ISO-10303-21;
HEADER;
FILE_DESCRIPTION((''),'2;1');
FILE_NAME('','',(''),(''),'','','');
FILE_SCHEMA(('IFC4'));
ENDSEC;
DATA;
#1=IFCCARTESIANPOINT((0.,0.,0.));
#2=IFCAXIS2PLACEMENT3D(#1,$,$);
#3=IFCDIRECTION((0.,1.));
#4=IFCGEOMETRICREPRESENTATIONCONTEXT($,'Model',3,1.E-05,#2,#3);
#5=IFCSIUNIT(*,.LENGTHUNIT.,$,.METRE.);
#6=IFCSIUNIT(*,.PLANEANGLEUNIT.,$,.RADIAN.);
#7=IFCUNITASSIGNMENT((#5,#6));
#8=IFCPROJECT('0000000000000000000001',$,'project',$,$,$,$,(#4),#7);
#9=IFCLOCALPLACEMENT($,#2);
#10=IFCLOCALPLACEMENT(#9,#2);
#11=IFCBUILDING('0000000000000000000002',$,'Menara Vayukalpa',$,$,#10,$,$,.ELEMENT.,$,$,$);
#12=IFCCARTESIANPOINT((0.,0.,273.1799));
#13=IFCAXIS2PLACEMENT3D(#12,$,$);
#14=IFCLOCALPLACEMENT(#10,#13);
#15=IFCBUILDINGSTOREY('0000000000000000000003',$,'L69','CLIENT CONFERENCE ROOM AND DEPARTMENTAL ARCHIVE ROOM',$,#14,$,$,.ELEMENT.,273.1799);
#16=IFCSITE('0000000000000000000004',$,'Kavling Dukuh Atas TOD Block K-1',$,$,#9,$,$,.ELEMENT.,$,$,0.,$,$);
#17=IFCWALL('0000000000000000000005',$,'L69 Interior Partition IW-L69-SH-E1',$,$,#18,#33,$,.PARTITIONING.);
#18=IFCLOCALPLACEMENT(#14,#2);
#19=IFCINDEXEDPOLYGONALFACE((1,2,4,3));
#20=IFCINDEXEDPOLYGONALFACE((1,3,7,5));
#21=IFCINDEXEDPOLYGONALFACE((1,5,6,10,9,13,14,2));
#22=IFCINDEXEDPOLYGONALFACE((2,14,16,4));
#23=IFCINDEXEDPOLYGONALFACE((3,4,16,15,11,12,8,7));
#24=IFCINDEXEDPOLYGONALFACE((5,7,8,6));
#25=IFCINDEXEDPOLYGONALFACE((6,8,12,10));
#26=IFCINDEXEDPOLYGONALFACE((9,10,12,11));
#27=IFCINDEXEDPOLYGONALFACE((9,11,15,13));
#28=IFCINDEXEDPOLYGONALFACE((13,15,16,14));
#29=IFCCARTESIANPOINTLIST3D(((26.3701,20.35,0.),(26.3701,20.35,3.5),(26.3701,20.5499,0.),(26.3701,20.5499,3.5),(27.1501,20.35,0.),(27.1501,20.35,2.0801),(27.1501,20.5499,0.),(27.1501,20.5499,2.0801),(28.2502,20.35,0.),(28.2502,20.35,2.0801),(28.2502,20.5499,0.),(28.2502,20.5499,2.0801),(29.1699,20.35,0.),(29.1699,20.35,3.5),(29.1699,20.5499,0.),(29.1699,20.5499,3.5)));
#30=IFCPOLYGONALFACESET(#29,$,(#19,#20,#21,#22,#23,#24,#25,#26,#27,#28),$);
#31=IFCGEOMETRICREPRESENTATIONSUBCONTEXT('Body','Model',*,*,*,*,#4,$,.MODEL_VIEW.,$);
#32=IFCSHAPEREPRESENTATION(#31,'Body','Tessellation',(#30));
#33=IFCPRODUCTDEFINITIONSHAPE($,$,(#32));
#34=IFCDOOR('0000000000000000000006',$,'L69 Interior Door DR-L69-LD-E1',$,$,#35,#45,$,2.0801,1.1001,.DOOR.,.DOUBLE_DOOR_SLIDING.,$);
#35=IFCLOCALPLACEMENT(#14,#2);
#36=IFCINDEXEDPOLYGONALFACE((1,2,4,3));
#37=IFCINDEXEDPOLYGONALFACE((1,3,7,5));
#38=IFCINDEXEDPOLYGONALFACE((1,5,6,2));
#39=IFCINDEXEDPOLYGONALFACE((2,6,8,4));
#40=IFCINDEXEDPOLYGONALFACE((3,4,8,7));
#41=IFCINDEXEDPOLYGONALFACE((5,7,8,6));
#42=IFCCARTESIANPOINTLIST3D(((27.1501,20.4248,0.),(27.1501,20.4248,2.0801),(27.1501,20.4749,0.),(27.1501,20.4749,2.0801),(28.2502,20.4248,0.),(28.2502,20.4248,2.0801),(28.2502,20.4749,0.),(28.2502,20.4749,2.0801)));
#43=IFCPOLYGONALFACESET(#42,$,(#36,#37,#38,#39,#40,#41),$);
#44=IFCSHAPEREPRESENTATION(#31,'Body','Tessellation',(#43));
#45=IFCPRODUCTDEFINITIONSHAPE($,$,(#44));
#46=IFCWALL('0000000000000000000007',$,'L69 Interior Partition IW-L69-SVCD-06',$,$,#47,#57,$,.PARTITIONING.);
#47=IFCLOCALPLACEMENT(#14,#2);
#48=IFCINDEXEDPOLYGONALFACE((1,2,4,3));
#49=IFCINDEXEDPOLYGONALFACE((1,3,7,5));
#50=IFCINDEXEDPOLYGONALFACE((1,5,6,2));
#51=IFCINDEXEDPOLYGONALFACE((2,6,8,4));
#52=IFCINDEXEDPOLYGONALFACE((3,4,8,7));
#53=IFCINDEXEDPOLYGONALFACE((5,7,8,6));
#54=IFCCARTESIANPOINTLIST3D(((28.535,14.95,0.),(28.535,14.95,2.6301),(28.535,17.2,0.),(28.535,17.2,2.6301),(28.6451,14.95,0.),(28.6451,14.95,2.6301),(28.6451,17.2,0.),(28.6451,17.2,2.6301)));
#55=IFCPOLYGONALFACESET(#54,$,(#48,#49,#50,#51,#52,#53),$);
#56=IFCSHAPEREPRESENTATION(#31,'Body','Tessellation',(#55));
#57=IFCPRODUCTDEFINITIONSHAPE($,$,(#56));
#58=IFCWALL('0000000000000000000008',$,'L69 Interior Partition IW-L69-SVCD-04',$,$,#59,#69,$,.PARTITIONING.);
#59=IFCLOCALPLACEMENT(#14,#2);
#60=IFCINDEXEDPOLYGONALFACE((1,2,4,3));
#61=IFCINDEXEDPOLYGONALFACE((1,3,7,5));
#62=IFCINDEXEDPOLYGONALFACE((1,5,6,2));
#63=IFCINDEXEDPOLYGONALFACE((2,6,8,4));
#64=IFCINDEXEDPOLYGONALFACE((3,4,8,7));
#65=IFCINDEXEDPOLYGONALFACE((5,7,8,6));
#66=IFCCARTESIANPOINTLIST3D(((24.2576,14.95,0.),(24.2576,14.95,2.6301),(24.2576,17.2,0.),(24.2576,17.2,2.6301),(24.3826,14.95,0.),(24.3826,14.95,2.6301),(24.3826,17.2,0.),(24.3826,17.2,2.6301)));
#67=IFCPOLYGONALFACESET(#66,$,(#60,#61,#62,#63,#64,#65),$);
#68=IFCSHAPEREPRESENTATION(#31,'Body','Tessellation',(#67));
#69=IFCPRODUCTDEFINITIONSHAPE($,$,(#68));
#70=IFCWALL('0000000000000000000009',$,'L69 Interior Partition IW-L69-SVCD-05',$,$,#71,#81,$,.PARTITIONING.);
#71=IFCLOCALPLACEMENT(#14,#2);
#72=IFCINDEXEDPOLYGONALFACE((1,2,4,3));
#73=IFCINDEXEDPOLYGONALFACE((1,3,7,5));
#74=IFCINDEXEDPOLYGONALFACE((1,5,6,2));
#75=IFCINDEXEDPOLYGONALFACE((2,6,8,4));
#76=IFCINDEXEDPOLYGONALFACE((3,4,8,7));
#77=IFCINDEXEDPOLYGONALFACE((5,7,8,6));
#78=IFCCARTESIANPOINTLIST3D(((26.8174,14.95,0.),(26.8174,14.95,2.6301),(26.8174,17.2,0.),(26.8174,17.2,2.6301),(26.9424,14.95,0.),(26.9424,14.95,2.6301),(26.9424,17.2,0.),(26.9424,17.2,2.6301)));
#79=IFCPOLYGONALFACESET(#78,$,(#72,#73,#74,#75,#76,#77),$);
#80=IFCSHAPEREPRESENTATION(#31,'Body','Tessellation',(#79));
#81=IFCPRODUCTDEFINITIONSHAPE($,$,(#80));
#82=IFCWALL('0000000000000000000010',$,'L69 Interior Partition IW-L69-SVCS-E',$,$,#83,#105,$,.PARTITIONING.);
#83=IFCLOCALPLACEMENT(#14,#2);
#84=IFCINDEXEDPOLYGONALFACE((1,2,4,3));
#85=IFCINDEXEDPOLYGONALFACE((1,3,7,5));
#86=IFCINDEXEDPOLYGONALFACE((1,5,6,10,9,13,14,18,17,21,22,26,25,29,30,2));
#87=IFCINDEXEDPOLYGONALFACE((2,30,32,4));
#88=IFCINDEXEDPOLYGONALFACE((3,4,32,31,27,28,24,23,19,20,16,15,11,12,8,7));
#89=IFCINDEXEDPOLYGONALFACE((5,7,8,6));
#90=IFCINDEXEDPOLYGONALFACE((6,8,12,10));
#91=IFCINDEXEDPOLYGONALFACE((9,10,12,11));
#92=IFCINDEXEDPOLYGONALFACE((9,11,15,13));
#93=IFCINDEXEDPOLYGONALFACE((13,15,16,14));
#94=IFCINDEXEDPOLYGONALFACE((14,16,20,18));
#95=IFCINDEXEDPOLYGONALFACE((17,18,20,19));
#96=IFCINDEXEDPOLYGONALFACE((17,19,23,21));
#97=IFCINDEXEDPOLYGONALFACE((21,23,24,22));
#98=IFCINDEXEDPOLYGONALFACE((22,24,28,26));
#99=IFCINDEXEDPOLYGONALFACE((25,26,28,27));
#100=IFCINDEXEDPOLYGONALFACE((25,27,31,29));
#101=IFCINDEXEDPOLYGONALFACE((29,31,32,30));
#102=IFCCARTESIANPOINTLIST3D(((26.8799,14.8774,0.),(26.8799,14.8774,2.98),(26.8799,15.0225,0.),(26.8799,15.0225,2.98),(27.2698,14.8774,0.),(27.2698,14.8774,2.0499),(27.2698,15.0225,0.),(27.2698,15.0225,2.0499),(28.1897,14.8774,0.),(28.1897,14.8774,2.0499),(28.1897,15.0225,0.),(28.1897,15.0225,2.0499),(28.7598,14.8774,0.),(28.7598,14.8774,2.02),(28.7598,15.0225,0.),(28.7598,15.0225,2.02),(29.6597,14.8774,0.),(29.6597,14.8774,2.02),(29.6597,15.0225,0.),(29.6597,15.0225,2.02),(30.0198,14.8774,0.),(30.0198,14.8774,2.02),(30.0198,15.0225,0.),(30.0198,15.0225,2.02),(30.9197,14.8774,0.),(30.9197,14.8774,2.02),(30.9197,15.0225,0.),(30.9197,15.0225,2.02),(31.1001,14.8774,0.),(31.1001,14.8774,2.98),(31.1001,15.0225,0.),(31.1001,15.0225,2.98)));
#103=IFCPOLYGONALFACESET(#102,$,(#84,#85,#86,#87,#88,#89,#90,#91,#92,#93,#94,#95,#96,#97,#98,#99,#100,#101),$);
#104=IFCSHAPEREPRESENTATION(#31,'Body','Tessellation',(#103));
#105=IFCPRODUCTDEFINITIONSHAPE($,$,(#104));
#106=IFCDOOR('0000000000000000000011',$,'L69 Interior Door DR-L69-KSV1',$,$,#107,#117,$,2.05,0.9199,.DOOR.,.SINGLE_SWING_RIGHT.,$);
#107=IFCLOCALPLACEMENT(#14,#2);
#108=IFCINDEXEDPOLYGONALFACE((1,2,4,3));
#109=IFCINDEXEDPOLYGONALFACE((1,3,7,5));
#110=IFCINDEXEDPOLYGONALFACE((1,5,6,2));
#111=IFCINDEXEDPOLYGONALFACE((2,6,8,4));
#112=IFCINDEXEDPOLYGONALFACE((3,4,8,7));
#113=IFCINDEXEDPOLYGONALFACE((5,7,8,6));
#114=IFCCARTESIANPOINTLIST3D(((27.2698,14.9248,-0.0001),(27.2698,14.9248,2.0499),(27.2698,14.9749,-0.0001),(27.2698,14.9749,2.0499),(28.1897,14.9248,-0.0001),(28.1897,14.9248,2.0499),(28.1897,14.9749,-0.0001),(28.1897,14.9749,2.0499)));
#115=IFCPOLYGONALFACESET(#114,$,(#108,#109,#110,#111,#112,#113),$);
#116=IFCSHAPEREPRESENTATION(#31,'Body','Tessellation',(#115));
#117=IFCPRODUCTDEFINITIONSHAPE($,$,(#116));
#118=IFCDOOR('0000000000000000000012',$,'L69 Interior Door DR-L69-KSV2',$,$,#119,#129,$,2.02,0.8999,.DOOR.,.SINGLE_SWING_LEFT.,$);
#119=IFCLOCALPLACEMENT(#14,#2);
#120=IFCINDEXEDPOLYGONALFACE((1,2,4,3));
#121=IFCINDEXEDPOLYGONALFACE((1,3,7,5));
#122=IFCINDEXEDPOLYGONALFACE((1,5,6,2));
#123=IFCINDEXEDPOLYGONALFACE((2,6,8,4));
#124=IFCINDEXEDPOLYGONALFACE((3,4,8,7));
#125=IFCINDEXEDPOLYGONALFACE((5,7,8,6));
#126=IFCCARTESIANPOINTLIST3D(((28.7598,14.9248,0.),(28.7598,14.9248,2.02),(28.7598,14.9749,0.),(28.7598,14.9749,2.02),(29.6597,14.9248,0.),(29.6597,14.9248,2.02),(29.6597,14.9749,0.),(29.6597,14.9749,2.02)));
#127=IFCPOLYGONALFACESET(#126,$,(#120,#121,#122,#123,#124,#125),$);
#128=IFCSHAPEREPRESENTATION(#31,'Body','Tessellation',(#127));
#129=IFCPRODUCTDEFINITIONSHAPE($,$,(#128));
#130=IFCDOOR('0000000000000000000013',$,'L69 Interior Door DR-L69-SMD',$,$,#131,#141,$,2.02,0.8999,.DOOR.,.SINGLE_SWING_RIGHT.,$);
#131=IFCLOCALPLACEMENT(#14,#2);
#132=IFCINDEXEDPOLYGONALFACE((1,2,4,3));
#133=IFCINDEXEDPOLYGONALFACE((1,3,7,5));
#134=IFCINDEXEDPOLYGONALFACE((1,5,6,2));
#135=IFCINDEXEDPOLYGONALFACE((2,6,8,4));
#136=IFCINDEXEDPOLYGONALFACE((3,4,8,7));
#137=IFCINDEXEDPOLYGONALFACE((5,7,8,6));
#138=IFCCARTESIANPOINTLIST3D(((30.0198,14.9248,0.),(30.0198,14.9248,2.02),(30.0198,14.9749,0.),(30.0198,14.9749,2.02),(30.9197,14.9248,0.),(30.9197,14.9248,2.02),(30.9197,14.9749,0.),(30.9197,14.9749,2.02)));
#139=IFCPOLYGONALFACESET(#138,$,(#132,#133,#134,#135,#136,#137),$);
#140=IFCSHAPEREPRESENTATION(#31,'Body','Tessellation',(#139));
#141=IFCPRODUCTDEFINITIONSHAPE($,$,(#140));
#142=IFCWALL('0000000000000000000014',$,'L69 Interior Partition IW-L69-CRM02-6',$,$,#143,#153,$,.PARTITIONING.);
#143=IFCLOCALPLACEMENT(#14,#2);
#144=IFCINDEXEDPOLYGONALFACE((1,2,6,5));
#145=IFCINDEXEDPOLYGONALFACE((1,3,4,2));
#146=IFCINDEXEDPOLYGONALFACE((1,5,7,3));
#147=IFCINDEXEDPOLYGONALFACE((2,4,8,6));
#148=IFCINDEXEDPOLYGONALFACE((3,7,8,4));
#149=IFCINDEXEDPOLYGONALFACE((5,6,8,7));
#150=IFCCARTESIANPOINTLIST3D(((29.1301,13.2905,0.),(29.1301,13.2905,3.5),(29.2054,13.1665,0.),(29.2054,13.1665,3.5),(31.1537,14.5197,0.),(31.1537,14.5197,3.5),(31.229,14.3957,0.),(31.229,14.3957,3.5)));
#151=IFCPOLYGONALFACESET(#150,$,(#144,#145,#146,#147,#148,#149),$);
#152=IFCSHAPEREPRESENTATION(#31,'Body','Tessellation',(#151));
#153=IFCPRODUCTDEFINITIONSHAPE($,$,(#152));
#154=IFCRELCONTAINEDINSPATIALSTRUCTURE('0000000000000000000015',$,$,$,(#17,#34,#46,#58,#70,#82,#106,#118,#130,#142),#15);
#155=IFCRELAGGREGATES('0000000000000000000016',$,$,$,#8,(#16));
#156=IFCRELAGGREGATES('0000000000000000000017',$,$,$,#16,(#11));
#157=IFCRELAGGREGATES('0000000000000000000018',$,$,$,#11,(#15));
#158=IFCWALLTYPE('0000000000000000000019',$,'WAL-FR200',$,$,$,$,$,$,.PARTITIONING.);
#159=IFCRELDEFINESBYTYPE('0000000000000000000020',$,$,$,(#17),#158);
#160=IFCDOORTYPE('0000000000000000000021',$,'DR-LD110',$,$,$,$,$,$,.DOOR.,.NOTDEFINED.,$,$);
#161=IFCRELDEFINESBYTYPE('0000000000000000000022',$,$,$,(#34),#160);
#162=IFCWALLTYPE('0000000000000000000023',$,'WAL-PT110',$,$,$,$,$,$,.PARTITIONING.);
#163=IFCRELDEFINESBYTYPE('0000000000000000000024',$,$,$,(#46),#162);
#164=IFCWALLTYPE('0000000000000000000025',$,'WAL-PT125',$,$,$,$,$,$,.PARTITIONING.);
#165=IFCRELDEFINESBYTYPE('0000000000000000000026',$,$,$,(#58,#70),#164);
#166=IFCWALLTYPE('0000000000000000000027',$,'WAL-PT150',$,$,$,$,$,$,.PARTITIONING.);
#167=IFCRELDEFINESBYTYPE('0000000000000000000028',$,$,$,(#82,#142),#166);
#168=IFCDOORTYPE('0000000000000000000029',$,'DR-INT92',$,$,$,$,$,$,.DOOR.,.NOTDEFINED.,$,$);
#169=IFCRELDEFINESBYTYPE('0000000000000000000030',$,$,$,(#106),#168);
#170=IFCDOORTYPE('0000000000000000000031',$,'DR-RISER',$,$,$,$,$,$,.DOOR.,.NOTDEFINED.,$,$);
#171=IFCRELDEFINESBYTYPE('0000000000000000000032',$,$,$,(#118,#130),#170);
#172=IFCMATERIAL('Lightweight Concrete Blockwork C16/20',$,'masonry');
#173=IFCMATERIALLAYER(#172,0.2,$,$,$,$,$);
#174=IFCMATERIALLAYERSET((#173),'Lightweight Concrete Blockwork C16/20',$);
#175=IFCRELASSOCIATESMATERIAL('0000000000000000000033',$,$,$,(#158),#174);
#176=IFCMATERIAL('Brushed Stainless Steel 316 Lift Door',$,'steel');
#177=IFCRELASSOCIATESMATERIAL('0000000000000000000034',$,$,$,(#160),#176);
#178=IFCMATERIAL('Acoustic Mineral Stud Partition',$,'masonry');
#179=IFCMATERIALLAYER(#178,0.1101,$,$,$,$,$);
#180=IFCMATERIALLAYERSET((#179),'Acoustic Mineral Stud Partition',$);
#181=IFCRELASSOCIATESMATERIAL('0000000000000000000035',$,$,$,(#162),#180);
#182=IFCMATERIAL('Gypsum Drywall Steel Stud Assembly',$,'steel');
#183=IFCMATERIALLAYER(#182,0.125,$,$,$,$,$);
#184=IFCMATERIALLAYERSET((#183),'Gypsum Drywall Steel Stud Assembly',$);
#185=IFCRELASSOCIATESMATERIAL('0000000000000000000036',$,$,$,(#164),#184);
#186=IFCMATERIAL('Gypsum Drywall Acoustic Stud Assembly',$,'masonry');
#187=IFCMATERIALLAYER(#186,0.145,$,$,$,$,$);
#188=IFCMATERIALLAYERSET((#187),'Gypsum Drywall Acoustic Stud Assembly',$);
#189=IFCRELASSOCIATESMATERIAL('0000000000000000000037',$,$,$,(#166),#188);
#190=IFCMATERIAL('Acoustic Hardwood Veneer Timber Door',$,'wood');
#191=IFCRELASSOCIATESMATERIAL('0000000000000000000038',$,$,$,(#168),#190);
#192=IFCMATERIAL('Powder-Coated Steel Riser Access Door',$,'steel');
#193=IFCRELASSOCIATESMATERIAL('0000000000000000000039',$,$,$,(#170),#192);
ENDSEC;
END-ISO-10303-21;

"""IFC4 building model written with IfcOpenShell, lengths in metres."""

from ifc_helpers import new_model, si_unit, direction, frame, frame_2d, origin, place, context, subcontext, project, spatial, rectangle, extrude, material, layer, layer_set, type_object, element, fill, save


model = new_model("IFC4")

# Units and contexts
model_context = context("Model", 3, precision=1e-05, world=origin(), true_north=direction((0.0, 1.0)))
body_context = subcontext(model_context, "Body", "Model", "MODEL_VIEW")
ifc_project = project(units=[si_unit("LENGTHUNIT", "METRE"), si_unit("PLANEANGLEUNIT", "RADIAN")], contexts=[model_context])

# Site, building, storey
site_placement = place(None, origin())
site = spatial("IfcSite", under=ifc_project, at=site_placement, Name="Kavling Dukuh Atas TOD Block K-1", CompositionType="ELEMENT", RefElevation=0.0)
building_placement = place(site_placement, origin())
building = spatial("IfcBuilding", under=site, at=building_placement, Name="Menara Vayukalpa", CompositionType="ELEMENT")
storey_placement = place(building_placement, frame((0.0, 0.0, 273.1799)))
storey = spatial("IfcBuildingStorey", under=building, at=storey_placement, Name="L69", Description="CLIENT CONFERENCE ROOM AND DEPARTMENTAL ARCHIVE ROOM", CompositionType="ELEMENT", Elevation=273.1799)

# Wall, opening, door
ifc_material_1 = material(Name="Lightweight Concrete Blockwork C16/20", Category="masonry")
ifc_layer_1 = layer(ifc_material_1, 0.2)
ifc_layer_set_1 = layer_set([ifc_layer_1], Name="Lightweight Concrete Blockwork C16/20")
wall_type_1 = type_object("IfcWallType", Name="WAL-FR200", PredefinedType="PARTITIONING", material=ifc_layer_set_1)
wall_1_placement = place(storey_placement, frame((26.3701, 20.45, 0.0), z_axis=(0.0, 0.0, 1.0), x_axis=(1.0, 0.0, 0.0)))
wall_1 = element("IfcWall", 1, at=wall_1_placement, inside=storey, type_object=wall_type_1, Name="L69 Interior Partition IW-L69-SH-E1", PredefinedType="PARTITIONING", context=body_context, shape_type="SweptSolid", body=[
    extrude(rectangle(XDim=2.7998, YDim=0.2, at=frame_2d((1.3999, 0.0))), origin(), (0.0, 0.0, 1.0), 3.5),
])
opening_1_placement = place(wall_1_placement, frame((0.78, 0.0, 0.0)))
opening_1 = element("IfcOpeningElement", 2, at=opening_1_placement, cuts=wall_1, PredefinedType="OPENING", context=body_context, shape_type="SweptSolid", body=[
    extrude(rectangle(XDim=1.1001, YDim=2.0801, at=frame_2d((0.55, 1.04))), frame((0.0, 0.1099, 0.0), z_axis=(0.0, -1.0, 0.0), x_axis=(1.0, 0.0, 0.0)), (0.0, 0.0, 1.0), 0.22),
])
ifc_material_2 = material(Name="Brushed Stainless Steel 316 Lift Door", Category="steel")
door_type_1 = type_object("IfcDoorType", Name="DR-LD110", OperationType="NOTDEFINED", PredefinedType="DOOR", material=ifc_material_2)
door_1_placement = place(opening_1_placement, origin())
door_1 = element("IfcDoor", 3, at=door_1_placement, inside=storey, type_object=door_type_1, Name="L69 Interior Door DR-L69-LD-E1", OperationType="DOUBLE_DOOR_SLIDING", OverallHeight=2.0801, OverallWidth=1.1001, PredefinedType="DOOR", context=body_context, shape_type="SweptSolid", body=[
    extrude(rectangle(XDim=1.1001, YDim=2.0801, at=frame_2d((0.55, 1.04))), frame((0.0, 0.0249, 0.0), z_axis=(0.0, -1.0, 0.0), x_axis=(1.0, 0.0, 0.0)), (0.0, 0.0, 1.0), 0.05),
])
fill(opening_1, door_1)

# Walls
ifc_material_3 = material(Name="Acoustic Mineral Stud Partition", Category="masonry")
ifc_layer_2 = layer(ifc_material_3, 0.1101)
ifc_layer_set_2 = layer_set([ifc_layer_2], Name="Acoustic Mineral Stud Partition")
wall_type_2 = type_object("IfcWallType", Name="WAL-PT110", PredefinedType="PARTITIONING", material=ifc_layer_set_2)
wall_2_placement = place(storey_placement, frame((28.5901, 14.95, 0.0), z_axis=(0.0, 0.0, 1.0), x_axis=(0.0, 1.0, 0.0)))
element("IfcWall", 4, at=wall_2_placement, inside=storey, type_object=wall_type_2, Name="L69 Interior Partition IW-L69-SVCD-06", PredefinedType="PARTITIONING", context=body_context, shape_type="SweptSolid", body=[
    extrude(rectangle(XDim=2.25, YDim=0.1101, at=frame_2d((1.125, 0.0))), origin(), (0.0, 0.0, 1.0), 2.6301),
])
ifc_material_4 = material(Name="Gypsum Drywall Steel Stud Assembly", Category="steel")
ifc_layer_3 = layer(ifc_material_4, 0.125)
ifc_layer_set_3 = layer_set([ifc_layer_3], Name="Gypsum Drywall Steel Stud Assembly")
wall_type_3 = type_object("IfcWallType", Name="WAL-PT125", PredefinedType="PARTITIONING", material=ifc_layer_set_3)
for number, where, z_axis, x_axis, name in (
    (5, (24.3201, 14.95, 0.0), (0.0, 0.0, 1.0), (0.0, 1.0, 0.0), "L69 Interior Partition IW-L69-SVCD-04"),
    (6, (26.8799, 14.95, 0.0), (0.0, 0.0, 1.0), (0.0, 1.0, 0.0), "L69 Interior Partition IW-L69-SVCD-05"),
):
    element("IfcWall", number, at=place(storey_placement, frame(where, z_axis=z_axis, x_axis=x_axis)), inside=storey, type_object=wall_type_3, Name=name, PredefinedType="PARTITIONING", context=body_context, shape_type="SweptSolid", body=[
        extrude(rectangle(XDim=2.25, YDim=0.125, at=frame_2d((1.125, 0.0))), origin(), (0.0, 0.0, 1.0), 2.6301),
    ])

# Wall, openings, doors
ifc_material_5 = material(Name="Gypsum Drywall Acoustic Stud Assembly", Category="masonry")
ifc_layer_4 = layer(ifc_material_5, 0.145)
ifc_layer_set_4 = layer_set([ifc_layer_4], Name="Gypsum Drywall Acoustic Stud Assembly")
wall_type_4 = type_object("IfcWallType", Name="WAL-PT150", PredefinedType="PARTITIONING", material=ifc_layer_set_4)
wall_3_placement = place(storey_placement, frame((26.8799, 14.95, 0.0), z_axis=(0.0, 0.0, 1.0), x_axis=(1.0, 0.0, 0.0)))
wall_3 = element("IfcWall", 7, at=wall_3_placement, inside=storey, type_object=wall_type_4, Name="L69 Interior Partition IW-L69-SVCS-E", PredefinedType="PARTITIONING", context=body_context, shape_type="SweptSolid", body=[
    extrude(rectangle(XDim=4.2202, YDim=0.145, at=frame_2d((2.1101, 0.0))), origin(), (0.0, 0.0, 1.0), 2.98),
])
opening_2_placement = place(wall_3_placement, frame((0.3899, 0.0, 0.0)))
opening_2 = element("IfcOpeningElement", 8, at=opening_2_placement, cuts=wall_3, PredefinedType="OPENING", context=body_context, shape_type="SweptSolid", body=[
    extrude(rectangle(XDim=0.9199, YDim=2.05, at=frame_2d((0.46, 1.0249))), frame((0.0, 0.0825, 0.0), z_axis=(0.0, -1.0, 0.0), x_axis=(1.0, 0.0, 0.0)), (0.0, 0.0, 1.0), 0.165),
])
opening_3_placement = place(wall_3_placement, frame((1.8799, 0.0, 0.0)))
opening_3 = element("IfcOpeningElement", 9, at=opening_3_placement, cuts=wall_3, PredefinedType="OPENING", context=body_context, shape_type="SweptSolid", body=[
    extrude(rectangle(XDim=0.8999, YDim=2.02, at=frame_2d((0.45, 1.01))), frame((0.0, 0.0825, 0.0), z_axis=(0.0, -1.0, 0.0), x_axis=(1.0, 0.0, 0.0)), (0.0, 0.0, 1.0), 0.165),
])
opening_4_placement = place(wall_3_placement, frame((3.1399, 0.0, 0.0)))
opening_4 = element("IfcOpeningElement", 10, at=opening_4_placement, cuts=wall_3, PredefinedType="OPENING", context=body_context, shape_type="SweptSolid", body=[
    extrude(rectangle(XDim=0.8999, YDim=2.02, at=frame_2d((0.45, 1.01))), frame((0.0, 0.0825, 0.0), z_axis=(0.0, -1.0, 0.0), x_axis=(1.0, 0.0, 0.0)), (0.0, 0.0, 1.0), 0.165),
])
ifc_material_6 = material(Name="Acoustic Hardwood Veneer Timber Door", Category="wood")
door_type_2 = type_object("IfcDoorType", Name="DR-INT92", OperationType="NOTDEFINED", PredefinedType="DOOR", material=ifc_material_6)
door_2_placement = place(opening_2_placement, origin())
door_2 = element("IfcDoor", 11, at=door_2_placement, inside=storey, type_object=door_type_2, Name="L69 Interior Door DR-L69-KSV1", OperationType="SINGLE_SWING_RIGHT", OverallHeight=2.05, OverallWidth=0.9199, PredefinedType="DOOR", context=body_context, shape_type="SweptSolid", body=[
    extrude(rectangle(XDim=0.9199, YDim=2.05, at=frame_2d((0.46, 1.0249))), frame((0.0, 0.0249, 0.0), z_axis=(0.0, -1.0, 0.0), x_axis=(1.0, 0.0, 0.0)), (0.0, 0.0, 1.0), 0.05),
])
fill(opening_2, door_2)
ifc_material_7 = material(Name="Powder-Coated Steel Riser Access Door", Category="steel")
door_type_3 = type_object("IfcDoorType", Name="DR-RISER", OperationType="NOTDEFINED", PredefinedType="DOOR", material=ifc_material_7)
door_3_placement = place(opening_3_placement, origin())
door_3 = element("IfcDoor", 12, at=door_3_placement, inside=storey, type_object=door_type_3, Name="L69 Interior Door DR-L69-KSV2", OperationType="SINGLE_SWING_LEFT", OverallHeight=2.02, OverallWidth=0.8999, PredefinedType="DOOR", context=body_context, shape_type="SweptSolid", body=[
    extrude(rectangle(XDim=0.8999, YDim=2.02, at=frame_2d((0.45, 1.01))), frame((0.0, 0.0249, 0.0), z_axis=(0.0, -1.0, 0.0), x_axis=(1.0, 0.0, 0.0)), (0.0, 0.0, 1.0), 0.05),
])
fill(opening_3, door_3)
door_4_placement = place(opening_4_placement, origin())
door_4 = element("IfcDoor", 13, at=door_4_placement, inside=storey, type_object=door_type_3, Name="L69 Interior Door DR-L69-SMD", OperationType="SINGLE_SWING_RIGHT", OverallHeight=2.02, OverallWidth=0.8999, PredefinedType="DOOR", context=body_context, shape_type="SweptSolid", body=[
    extrude(rectangle(XDim=0.8999, YDim=2.02, at=frame_2d((0.45, 1.01))), frame((0.0, 0.0249, 0.0), z_axis=(0.0, -1.0, 0.0), x_axis=(1.0, 0.0, 0.0)), (0.0, 0.0, 1.0), 0.05),
])
fill(opening_4, door_4)

# Wall
wall_4_placement = place(storey_placement, frame((29.1677, 13.2285, 0.0), z_axis=(0.0, 0.0, 1.0), x_axis=(0.854678, 0.519158, 0.0)))
element("IfcWall", 14, at=wall_4_placement, inside=storey, type_object=wall_type_4, Name="L69 Interior Partition IW-L69-CRM02-6", PredefinedType="PARTITIONING", context=body_context, shape_type="SweptSolid", body=[
    extrude(rectangle(XDim=2.3677, YDim=0.145, at=frame_2d((1.1838, 0.0))), origin(), (0.0, 0.0, 1.0), 3.5),
])

save(model, "model.ifc")
